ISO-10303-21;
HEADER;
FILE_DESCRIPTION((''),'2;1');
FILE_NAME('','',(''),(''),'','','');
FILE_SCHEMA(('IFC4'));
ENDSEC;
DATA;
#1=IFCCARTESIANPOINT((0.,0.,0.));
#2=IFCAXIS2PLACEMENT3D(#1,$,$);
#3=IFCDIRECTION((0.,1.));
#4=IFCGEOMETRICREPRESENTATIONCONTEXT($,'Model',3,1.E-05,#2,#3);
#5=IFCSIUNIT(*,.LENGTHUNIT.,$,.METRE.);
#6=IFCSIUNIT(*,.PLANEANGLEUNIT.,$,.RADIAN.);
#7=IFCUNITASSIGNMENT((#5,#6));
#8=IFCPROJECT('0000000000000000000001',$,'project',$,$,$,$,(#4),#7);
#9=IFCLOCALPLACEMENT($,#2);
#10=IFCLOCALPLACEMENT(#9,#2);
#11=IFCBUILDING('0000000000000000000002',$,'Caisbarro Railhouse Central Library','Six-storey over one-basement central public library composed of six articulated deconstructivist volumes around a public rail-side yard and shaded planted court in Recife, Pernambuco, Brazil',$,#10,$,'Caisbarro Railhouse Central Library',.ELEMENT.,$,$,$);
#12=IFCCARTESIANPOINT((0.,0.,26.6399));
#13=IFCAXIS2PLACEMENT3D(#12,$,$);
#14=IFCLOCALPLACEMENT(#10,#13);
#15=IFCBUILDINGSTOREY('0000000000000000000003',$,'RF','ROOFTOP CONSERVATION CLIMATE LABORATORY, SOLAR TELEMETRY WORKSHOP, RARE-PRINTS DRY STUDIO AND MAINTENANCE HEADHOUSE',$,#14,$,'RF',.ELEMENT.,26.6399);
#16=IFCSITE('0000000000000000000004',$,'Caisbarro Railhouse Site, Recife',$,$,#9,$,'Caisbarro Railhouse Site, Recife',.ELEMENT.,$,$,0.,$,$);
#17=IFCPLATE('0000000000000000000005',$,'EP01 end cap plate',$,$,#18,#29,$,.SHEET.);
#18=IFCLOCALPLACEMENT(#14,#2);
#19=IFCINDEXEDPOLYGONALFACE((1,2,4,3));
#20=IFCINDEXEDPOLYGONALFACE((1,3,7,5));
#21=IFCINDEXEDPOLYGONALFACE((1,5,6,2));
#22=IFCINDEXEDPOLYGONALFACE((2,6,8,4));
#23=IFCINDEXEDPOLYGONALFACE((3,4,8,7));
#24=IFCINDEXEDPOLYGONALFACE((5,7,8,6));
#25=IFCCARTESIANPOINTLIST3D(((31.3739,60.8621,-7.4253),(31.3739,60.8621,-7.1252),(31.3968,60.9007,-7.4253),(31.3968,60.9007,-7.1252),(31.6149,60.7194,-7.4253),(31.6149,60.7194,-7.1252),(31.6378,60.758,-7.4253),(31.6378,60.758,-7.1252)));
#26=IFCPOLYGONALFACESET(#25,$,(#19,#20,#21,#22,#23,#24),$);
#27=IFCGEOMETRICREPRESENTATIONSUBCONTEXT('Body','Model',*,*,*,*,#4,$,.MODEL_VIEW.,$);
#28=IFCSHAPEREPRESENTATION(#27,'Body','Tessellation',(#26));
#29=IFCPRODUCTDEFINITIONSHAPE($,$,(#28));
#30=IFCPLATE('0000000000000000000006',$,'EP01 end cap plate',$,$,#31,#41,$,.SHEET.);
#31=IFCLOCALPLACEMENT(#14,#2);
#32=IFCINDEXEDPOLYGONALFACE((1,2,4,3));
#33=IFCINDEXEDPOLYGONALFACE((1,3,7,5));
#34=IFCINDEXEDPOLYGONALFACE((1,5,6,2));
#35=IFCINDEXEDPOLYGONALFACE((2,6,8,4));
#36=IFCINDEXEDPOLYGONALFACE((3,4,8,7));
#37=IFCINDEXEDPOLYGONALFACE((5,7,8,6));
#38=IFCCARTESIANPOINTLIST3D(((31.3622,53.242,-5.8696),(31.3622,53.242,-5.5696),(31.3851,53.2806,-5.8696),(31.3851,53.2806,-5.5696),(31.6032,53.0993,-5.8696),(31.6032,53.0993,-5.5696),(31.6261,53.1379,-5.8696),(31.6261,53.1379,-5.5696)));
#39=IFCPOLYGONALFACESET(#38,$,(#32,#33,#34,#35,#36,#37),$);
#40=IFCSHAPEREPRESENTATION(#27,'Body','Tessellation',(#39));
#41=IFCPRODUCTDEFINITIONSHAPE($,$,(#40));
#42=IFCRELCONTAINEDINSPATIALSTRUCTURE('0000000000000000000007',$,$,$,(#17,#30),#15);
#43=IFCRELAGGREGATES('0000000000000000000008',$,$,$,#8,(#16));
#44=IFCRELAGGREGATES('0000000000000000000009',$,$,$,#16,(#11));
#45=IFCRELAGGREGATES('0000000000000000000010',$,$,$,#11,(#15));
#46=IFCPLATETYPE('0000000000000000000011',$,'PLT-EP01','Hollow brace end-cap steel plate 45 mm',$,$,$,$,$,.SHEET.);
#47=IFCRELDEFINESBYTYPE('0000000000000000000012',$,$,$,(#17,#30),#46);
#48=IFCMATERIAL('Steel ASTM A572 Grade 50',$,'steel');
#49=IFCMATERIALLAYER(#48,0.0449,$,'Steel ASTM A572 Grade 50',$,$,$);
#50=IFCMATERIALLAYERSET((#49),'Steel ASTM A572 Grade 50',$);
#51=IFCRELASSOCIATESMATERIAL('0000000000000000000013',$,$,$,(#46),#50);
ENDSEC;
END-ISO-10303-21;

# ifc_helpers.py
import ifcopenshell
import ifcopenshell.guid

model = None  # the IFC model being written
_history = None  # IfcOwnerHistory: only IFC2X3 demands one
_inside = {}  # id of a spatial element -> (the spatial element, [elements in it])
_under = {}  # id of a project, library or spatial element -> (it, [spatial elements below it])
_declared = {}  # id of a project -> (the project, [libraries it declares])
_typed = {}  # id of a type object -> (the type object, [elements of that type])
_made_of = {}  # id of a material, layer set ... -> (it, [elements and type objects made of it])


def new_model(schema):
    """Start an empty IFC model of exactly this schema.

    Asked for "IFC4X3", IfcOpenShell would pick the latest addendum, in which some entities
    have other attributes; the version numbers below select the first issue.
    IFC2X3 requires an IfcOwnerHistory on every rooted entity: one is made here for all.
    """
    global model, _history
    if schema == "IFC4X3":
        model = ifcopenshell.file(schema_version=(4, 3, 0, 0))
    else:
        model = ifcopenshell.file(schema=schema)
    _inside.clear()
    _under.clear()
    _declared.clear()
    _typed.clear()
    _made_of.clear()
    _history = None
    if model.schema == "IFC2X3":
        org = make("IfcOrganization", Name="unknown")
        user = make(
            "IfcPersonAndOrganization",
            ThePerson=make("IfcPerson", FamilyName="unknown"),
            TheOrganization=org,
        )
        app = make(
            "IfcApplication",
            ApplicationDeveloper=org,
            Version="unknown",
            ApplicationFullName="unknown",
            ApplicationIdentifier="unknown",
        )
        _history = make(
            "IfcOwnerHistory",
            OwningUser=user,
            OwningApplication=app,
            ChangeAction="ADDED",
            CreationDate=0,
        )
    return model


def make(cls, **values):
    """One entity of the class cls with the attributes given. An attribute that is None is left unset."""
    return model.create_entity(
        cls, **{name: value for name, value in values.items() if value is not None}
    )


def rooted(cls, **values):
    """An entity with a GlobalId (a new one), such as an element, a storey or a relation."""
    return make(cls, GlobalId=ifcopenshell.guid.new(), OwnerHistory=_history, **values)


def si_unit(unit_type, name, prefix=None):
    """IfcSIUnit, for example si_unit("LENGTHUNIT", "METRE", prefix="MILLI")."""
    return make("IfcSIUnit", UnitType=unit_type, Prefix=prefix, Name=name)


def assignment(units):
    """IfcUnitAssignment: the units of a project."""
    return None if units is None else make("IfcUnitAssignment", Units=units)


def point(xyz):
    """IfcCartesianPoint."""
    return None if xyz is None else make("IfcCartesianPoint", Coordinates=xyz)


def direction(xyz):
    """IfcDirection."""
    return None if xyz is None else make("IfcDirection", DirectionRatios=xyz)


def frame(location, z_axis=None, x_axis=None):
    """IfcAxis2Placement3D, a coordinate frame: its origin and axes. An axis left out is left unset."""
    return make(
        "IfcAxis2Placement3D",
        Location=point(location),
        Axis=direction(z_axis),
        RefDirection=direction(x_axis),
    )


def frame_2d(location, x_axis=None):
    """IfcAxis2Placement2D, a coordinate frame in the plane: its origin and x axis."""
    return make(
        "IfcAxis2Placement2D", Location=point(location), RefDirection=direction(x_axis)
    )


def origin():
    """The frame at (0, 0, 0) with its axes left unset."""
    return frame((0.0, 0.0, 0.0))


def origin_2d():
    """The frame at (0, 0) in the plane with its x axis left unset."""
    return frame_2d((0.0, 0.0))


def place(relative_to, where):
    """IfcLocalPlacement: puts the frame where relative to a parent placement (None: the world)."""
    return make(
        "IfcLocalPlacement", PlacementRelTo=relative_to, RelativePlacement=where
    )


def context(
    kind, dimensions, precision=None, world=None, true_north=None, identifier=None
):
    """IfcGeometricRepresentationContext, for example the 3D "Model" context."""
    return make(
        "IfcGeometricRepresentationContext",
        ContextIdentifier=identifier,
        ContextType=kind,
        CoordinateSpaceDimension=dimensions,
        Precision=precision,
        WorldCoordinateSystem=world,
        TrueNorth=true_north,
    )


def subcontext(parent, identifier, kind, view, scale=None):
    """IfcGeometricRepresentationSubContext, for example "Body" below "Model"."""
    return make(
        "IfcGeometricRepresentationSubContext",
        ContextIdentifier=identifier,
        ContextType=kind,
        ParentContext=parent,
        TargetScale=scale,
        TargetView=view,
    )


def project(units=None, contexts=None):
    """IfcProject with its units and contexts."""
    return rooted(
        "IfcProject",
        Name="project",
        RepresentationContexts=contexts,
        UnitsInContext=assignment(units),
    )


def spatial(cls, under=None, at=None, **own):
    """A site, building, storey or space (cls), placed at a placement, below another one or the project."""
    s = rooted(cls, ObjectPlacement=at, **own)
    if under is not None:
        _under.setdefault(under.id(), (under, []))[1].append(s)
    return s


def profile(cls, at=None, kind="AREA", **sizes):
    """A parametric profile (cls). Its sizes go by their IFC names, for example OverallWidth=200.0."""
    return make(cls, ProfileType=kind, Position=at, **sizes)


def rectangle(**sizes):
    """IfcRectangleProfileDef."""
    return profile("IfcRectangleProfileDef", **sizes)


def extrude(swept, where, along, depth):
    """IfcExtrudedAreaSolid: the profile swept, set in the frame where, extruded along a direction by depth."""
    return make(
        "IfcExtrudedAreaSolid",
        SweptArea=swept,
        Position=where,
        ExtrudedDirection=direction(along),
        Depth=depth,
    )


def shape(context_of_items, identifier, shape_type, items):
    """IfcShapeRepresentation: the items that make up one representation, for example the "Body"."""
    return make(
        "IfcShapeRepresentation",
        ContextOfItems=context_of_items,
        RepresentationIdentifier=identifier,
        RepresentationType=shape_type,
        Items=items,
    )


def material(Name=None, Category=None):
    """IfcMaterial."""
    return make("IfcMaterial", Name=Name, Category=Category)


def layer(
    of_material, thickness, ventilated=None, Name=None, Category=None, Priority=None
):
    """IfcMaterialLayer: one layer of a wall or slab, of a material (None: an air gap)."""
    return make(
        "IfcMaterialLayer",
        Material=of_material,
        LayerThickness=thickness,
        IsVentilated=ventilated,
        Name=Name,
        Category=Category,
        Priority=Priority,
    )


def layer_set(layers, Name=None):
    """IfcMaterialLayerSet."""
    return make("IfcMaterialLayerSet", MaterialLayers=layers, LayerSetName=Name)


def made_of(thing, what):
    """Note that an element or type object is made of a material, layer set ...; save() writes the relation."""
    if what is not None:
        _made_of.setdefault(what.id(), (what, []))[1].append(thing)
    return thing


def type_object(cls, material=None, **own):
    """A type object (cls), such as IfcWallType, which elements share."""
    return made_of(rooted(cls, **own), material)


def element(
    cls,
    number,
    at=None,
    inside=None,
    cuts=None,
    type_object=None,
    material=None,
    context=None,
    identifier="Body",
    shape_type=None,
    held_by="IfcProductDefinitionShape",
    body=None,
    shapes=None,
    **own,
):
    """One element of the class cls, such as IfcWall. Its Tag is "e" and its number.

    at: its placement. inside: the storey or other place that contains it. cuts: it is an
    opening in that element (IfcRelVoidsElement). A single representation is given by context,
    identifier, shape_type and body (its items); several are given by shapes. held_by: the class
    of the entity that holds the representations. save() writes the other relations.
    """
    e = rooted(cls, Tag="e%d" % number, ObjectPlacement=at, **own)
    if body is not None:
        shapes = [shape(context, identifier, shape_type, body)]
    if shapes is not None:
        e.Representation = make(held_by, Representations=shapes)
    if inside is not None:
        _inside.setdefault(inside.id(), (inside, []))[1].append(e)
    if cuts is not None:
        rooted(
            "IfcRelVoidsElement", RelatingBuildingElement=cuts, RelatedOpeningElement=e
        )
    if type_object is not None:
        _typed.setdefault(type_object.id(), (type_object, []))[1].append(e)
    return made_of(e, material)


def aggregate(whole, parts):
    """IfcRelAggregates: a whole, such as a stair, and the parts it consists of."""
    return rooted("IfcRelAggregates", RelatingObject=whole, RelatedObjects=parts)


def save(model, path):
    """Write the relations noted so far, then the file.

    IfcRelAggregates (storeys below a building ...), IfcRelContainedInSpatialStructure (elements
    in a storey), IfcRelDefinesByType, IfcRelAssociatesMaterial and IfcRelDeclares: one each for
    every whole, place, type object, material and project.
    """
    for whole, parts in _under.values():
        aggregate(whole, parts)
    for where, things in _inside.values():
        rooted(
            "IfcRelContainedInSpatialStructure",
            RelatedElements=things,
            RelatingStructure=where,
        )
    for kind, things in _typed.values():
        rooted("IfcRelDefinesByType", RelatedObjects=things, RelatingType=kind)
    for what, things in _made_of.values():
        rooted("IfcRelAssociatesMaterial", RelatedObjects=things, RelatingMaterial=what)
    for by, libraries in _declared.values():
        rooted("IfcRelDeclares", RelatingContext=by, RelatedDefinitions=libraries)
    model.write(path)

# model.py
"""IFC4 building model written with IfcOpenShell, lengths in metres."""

from ifc_helpers import new_model, si_unit, direction, frame, origin, origin_2d, place, context, subcontext, project, spatial, rectangle, extrude, material, layer, layer_set, type_object, element, save


model = new_model("IFC4")

# Units and contexts
model_context = context("Model", 3, precision=1e-05, world=origin(), true_north=direction((0.0, 1.0)))
body_context = subcontext(model_context, "Body", "Model", "MODEL_VIEW")
ifc_project = project(units=[si_unit("LENGTHUNIT", "METRE"), si_unit("PLANEANGLEUNIT", "RADIAN")], contexts=[model_context])

# Site, building, storey
site_placement = place(None, origin())
site = spatial("IfcSite", under=ifc_project, at=site_placement, Name="Caisbarro Railhouse Site, Recife", LongName="Caisbarro Railhouse Site, Recife", CompositionType="ELEMENT", RefElevation=0.0)
building_placement = place(site_placement, origin())
building = spatial("IfcBuilding", under=site, at=building_placement, Name="Caisbarro Railhouse Central Library", Description="Six-storey over one-basement central public library composed of six articulated deconstructivist volumes around a public rail-side yard and shaded planted court in Recife, Pernambuco, Brazil", LongName="Caisbarro Railhouse Central Library", CompositionType="ELEMENT")
storey_placement = place(building_placement, frame((0.0, 0.0, 26.6399)))
storey = spatial("IfcBuildingStorey", under=building, at=storey_placement, Name="RF", Description="ROOFTOP CONSERVATION CLIMATE LABORATORY, SOLAR TELEMETRY WORKSHOP, RARE-PRINTS DRY STUDIO AND MAINTENANCE HEADHOUSE", LongName="RF", CompositionType="ELEMENT", Elevation=26.6399)

# Shared definitions
ifc_material = material(Name="Steel ASTM A572 Grade 50", Category="steel")

# Plates
ifc_layer = layer(ifc_material, 0.0449, Name="Steel ASTM A572 Grade 50")
ifc_layer_set = layer_set([ifc_layer], Name="Steel ASTM A572 Grade 50")
plate_type = type_object("IfcPlateType", Name="PLT-EP01", Description="Hollow brace end-cap steel plate 45 mm", PredefinedType="SHEET", material=ifc_layer_set)
for number, where, z_axis, x_axis, name in (
    (1, (31.5059, 60.8101, -7.4253), (0.0, 0.0, 1.0), (0.509492, 0.860475, 0.0), "EP01 end cap plate"),
    (2, (31.4941, 53.1899, -5.8696), (0.0, 0.0, 1.0), (0.509492, 0.860475, 0.0), "EP01 end cap plate"),
):
    element("IfcPlate", number, at=place(storey_placement, frame(where, z_axis=z_axis, x_axis=x_axis)), inside=storey, type_object=plate_type, Name=name, PredefinedType="SHEET", context=body_context, shape_type="SweptSolid", body=[
        extrude(rectangle(XDim=0.0449, YDim=0.28, at=origin_2d()), origin(), (0.0, 0.0, 1.0), 0.3),
    ])

save(model, "model.ifc")
